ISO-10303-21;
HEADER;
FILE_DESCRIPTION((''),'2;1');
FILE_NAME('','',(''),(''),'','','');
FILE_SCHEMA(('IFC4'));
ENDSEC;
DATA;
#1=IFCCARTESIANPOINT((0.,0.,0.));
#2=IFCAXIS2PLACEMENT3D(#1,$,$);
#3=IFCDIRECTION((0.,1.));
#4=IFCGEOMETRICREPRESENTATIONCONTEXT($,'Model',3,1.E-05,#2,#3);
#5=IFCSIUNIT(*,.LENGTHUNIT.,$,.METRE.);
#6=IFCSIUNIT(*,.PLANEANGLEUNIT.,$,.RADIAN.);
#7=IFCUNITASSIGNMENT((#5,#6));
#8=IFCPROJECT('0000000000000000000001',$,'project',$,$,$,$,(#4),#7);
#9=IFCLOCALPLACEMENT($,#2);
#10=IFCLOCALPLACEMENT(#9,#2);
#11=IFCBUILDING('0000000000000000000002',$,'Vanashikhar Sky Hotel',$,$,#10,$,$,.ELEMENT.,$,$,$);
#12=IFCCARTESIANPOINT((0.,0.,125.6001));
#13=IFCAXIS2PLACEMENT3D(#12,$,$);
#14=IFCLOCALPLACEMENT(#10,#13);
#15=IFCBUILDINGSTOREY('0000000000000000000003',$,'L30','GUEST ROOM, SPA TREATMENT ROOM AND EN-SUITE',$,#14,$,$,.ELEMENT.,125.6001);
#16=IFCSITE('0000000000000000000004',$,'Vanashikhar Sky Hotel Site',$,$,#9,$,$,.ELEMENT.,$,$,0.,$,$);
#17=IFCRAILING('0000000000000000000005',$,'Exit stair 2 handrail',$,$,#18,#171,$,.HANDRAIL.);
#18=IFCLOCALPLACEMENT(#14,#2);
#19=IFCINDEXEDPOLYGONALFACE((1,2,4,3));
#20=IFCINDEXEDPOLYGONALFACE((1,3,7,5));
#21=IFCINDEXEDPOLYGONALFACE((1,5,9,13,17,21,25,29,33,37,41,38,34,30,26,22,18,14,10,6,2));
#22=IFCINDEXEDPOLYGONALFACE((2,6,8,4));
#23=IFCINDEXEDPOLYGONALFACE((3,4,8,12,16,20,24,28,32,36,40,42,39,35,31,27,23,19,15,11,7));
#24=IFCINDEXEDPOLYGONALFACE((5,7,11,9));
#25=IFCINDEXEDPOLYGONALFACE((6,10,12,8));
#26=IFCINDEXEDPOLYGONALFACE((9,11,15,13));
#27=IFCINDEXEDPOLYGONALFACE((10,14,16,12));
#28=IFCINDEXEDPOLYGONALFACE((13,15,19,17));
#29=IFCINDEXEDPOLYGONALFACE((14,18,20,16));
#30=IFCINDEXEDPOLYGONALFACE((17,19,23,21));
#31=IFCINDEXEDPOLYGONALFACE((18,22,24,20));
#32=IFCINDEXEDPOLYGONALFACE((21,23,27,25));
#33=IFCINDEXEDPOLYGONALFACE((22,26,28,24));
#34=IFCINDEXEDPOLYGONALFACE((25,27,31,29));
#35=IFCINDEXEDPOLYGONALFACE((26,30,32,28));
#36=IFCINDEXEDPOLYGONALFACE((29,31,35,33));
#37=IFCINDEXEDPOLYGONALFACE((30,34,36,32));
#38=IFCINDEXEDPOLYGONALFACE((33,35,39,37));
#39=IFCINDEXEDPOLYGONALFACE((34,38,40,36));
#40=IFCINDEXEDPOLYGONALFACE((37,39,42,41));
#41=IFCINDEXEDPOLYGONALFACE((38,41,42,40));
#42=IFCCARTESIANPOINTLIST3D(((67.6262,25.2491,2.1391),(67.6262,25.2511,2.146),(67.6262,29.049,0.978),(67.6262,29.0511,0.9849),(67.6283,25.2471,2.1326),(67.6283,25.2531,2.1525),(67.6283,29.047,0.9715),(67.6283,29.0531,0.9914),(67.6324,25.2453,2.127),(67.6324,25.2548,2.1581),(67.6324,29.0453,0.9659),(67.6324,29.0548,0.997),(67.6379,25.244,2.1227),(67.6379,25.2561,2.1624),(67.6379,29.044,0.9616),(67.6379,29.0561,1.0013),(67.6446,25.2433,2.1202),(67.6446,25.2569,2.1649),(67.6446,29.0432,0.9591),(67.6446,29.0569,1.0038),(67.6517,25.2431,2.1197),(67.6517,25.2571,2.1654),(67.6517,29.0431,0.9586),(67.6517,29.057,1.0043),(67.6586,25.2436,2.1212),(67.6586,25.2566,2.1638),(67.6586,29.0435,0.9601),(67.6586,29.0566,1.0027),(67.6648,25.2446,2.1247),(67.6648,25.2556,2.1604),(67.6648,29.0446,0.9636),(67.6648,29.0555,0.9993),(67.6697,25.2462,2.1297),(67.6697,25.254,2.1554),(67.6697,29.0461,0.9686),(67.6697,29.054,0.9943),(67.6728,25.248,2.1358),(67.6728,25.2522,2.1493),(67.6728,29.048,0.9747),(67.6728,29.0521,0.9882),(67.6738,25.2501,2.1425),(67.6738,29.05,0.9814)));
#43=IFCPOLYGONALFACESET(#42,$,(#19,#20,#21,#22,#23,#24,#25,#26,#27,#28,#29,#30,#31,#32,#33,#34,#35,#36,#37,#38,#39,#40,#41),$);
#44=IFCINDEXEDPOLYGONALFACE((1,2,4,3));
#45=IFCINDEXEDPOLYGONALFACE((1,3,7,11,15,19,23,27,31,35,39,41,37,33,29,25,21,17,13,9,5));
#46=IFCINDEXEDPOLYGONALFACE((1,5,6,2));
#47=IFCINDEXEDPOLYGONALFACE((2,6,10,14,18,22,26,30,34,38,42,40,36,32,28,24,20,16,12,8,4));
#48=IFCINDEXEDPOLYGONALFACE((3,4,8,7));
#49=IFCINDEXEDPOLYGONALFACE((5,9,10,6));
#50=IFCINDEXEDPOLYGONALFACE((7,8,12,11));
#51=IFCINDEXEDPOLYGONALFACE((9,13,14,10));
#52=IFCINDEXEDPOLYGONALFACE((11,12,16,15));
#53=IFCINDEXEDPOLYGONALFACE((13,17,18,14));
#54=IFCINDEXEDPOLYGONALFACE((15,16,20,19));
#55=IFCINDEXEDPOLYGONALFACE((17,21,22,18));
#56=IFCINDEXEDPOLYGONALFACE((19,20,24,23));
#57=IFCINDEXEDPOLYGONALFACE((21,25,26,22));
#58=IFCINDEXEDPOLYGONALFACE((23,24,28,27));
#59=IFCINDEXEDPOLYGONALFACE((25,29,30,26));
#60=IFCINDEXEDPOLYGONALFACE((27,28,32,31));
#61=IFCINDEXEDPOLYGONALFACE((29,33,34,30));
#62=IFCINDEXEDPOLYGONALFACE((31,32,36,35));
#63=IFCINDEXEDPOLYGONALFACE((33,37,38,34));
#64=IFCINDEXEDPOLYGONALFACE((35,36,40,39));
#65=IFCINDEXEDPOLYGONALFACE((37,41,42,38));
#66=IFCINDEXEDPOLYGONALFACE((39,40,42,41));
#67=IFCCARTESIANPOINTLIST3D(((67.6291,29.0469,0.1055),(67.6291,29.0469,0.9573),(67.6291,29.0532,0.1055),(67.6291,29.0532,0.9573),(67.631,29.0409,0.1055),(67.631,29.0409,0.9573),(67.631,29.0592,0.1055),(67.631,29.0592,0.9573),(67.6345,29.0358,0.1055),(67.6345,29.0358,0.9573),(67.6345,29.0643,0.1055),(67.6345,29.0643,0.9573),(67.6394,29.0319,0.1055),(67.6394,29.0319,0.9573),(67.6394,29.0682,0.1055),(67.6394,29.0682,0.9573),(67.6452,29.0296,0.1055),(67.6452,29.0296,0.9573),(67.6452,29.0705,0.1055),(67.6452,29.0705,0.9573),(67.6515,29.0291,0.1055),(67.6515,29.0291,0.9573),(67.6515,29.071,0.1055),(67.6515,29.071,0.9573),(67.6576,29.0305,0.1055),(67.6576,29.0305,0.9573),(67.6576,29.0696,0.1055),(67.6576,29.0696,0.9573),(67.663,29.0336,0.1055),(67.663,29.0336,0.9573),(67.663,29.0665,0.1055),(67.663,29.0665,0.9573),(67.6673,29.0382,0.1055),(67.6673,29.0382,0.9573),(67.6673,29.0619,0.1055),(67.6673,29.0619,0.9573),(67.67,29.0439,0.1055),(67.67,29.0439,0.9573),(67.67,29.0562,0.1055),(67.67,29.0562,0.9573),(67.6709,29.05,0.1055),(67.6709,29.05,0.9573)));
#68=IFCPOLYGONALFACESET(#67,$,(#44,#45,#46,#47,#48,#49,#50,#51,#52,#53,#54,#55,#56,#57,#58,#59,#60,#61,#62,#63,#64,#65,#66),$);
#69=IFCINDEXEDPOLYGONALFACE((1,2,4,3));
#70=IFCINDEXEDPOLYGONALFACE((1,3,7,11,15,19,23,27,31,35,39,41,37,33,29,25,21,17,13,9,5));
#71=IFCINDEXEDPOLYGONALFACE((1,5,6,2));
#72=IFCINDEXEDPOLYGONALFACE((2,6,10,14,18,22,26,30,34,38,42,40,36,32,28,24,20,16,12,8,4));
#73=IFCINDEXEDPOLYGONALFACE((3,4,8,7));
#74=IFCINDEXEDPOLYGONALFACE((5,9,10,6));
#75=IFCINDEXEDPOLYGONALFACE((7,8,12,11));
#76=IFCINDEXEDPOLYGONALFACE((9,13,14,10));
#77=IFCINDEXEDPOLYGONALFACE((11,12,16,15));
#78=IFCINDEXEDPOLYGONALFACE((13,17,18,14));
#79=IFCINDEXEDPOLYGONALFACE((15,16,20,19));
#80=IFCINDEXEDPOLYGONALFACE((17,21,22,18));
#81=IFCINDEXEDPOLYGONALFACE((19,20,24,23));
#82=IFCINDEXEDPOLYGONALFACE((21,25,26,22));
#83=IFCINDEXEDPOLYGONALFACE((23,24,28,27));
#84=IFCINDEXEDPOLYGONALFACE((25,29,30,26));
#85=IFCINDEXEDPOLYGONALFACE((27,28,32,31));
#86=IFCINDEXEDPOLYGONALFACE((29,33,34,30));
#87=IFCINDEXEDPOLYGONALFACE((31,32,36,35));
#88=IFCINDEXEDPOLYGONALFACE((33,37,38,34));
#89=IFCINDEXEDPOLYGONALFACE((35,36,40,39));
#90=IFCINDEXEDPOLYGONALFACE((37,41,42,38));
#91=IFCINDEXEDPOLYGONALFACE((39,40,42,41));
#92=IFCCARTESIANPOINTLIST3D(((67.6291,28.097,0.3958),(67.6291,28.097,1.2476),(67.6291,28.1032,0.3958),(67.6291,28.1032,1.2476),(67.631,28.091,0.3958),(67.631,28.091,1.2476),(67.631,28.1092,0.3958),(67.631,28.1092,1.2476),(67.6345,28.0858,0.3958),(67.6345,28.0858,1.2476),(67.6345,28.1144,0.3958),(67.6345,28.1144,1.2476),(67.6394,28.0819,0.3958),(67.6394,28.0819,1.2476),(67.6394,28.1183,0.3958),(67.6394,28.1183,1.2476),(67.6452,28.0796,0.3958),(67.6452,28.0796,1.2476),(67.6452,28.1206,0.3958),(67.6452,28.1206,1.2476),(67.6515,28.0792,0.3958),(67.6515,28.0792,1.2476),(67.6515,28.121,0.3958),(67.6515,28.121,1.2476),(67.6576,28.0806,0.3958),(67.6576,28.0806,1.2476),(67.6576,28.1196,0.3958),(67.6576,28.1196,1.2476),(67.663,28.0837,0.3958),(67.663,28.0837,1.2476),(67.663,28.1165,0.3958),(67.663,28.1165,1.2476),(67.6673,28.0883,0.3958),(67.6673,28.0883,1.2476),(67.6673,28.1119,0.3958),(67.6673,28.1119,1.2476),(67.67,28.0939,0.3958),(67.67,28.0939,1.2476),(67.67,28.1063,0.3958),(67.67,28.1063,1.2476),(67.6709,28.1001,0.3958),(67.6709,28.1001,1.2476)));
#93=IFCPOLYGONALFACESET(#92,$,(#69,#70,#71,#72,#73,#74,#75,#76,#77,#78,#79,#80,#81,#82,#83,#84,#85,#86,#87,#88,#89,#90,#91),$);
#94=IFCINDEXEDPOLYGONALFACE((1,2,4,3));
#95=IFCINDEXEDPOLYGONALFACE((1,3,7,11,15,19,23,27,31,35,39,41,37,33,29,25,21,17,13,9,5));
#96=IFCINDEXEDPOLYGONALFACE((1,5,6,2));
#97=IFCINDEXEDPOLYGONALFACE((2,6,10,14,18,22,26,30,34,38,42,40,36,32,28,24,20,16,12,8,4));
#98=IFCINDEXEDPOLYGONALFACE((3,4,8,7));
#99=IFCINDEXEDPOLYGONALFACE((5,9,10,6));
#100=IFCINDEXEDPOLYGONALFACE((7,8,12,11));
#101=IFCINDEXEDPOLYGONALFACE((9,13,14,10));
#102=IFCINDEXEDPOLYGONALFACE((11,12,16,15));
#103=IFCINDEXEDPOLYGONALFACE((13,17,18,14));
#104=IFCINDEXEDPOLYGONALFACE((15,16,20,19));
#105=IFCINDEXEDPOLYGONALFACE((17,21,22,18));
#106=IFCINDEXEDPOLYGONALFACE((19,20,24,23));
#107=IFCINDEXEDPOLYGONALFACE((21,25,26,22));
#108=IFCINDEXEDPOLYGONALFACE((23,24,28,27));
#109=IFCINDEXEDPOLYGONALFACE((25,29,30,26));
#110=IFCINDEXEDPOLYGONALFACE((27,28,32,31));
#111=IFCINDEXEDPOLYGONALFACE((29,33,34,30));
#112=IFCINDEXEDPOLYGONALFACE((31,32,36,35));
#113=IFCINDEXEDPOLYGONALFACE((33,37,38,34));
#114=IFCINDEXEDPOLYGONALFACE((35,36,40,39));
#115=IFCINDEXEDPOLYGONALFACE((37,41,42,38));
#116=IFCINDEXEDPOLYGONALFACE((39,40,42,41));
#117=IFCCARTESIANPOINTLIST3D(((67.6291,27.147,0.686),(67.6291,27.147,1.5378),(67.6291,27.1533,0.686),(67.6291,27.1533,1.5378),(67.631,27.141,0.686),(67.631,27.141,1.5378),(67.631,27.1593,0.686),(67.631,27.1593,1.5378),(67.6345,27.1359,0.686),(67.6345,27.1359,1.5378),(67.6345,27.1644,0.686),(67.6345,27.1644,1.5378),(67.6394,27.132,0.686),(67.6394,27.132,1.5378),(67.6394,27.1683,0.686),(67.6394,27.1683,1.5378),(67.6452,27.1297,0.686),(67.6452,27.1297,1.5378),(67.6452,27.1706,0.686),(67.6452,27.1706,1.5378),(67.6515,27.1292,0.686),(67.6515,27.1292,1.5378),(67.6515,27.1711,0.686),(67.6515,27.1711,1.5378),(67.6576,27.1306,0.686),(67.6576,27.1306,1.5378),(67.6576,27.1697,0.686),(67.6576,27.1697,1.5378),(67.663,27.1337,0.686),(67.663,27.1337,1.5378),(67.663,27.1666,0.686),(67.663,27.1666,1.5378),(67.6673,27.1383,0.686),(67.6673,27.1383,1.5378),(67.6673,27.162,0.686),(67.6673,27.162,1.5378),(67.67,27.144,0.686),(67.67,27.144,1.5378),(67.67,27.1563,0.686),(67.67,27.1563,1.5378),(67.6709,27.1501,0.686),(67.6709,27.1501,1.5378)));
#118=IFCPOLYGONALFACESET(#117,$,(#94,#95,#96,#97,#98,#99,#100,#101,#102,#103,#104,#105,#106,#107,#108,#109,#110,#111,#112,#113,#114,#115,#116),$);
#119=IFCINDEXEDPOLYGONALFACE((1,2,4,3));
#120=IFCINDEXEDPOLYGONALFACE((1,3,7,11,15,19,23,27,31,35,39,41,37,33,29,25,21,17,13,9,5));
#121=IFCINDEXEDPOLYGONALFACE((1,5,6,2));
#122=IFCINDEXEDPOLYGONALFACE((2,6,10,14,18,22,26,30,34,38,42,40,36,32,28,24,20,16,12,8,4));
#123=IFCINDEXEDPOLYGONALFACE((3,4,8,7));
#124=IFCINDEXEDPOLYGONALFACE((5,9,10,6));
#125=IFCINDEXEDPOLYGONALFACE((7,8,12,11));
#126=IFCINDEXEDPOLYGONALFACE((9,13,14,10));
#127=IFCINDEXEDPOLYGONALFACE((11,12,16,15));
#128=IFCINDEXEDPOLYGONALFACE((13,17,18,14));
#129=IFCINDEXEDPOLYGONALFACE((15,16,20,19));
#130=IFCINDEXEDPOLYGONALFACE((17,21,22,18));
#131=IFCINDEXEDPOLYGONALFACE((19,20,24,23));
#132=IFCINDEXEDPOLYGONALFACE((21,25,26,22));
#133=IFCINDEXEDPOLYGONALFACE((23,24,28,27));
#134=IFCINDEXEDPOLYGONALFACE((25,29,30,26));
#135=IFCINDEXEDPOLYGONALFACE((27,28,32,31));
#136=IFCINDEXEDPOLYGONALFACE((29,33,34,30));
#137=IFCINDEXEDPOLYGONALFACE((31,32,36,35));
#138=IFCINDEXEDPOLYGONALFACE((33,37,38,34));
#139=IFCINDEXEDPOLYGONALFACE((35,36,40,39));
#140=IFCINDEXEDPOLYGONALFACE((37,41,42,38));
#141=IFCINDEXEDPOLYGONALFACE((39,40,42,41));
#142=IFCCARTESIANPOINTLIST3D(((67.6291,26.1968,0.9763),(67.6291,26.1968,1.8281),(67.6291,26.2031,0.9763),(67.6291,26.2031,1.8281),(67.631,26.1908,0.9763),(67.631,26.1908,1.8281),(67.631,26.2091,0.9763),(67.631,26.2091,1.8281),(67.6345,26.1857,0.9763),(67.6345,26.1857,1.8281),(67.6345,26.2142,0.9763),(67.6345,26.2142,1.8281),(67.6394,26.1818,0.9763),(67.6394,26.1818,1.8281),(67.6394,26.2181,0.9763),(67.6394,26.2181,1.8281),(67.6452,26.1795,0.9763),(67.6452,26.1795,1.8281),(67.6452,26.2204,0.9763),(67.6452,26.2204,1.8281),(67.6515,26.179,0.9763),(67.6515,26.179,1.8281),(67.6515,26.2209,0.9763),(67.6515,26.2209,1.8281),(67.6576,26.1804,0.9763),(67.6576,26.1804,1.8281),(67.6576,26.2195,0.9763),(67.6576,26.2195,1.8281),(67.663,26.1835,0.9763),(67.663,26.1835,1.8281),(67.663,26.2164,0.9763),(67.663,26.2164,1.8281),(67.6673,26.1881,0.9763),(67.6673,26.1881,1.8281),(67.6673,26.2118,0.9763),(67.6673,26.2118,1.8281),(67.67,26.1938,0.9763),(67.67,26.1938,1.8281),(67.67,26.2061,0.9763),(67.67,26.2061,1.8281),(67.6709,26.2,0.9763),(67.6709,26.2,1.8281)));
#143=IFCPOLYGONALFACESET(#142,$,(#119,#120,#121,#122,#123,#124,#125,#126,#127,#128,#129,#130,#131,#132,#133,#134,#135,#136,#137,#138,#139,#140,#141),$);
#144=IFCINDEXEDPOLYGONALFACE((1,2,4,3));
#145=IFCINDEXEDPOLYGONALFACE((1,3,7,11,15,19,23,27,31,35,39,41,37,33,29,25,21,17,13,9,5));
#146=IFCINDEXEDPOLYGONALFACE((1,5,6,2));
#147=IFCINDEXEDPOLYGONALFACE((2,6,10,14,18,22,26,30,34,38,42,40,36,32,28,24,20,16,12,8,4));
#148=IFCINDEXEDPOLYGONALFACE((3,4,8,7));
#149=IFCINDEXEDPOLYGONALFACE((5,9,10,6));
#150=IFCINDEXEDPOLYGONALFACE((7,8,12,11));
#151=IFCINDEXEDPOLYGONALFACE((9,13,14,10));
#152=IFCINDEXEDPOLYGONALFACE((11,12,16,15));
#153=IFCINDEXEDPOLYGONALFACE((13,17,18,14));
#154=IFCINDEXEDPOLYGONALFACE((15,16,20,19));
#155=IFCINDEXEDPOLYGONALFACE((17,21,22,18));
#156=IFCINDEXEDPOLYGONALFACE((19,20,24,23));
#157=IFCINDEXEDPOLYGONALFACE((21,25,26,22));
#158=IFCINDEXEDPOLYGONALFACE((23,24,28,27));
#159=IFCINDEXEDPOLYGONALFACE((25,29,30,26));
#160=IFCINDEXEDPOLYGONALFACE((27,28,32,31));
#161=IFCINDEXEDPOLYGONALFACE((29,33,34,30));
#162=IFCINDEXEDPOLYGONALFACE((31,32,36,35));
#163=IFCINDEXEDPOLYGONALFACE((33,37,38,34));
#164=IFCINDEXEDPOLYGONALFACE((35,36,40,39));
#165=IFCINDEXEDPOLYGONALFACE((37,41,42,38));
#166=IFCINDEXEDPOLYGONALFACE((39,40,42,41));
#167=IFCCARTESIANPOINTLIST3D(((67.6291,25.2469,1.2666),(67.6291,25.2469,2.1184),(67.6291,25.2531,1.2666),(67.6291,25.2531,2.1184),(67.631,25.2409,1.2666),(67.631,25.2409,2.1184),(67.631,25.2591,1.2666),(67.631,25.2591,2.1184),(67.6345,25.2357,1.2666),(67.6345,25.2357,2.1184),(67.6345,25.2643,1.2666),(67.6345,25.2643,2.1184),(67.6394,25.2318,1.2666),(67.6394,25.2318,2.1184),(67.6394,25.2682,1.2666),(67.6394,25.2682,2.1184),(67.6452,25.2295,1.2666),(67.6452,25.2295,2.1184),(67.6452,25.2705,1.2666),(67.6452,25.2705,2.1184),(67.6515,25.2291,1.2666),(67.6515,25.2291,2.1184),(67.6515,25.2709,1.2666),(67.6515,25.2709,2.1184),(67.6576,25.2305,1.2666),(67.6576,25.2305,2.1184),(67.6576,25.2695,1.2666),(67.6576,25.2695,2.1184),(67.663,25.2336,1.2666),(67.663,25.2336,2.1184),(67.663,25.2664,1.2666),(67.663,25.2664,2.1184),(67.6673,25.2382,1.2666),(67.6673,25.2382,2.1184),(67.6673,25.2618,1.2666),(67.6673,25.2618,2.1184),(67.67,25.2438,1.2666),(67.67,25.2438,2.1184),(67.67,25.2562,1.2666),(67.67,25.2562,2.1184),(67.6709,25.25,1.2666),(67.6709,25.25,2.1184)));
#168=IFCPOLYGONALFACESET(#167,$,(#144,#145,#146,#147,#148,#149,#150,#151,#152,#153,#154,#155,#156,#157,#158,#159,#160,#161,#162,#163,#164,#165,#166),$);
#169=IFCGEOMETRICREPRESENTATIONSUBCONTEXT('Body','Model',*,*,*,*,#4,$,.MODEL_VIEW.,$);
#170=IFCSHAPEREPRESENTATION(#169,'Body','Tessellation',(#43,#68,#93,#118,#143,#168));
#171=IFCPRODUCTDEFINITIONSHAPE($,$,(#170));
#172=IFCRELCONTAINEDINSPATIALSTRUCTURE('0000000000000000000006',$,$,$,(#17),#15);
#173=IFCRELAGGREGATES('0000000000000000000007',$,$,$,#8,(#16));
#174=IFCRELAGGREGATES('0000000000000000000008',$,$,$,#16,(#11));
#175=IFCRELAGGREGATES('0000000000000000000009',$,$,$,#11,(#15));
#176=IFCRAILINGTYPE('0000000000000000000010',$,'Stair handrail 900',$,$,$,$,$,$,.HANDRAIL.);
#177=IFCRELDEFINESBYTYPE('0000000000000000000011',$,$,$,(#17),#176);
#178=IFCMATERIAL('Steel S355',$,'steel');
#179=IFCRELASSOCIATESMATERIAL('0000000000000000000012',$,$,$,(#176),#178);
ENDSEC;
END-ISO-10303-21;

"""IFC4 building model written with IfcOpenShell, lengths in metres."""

from ifc_helpers import new_model, si_unit, direction, frame, origin, origin_2d, place, context, subcontext, project, spatial, circle, extrude, source, transform, mapped, material, type_object, element, save


model = new_model("IFC4")

# Units and contexts
model_context = context("Model", 3, precision=1e-05, world=origin(), true_north=direction((0.0, 1.0)))
body_context = subcontext(model_context, "Body", "Model", "MODEL_VIEW")
ifc_project = project(units=[si_unit("LENGTHUNIT", "METRE"), si_unit("PLANEANGLEUNIT", "RADIAN")], contexts=[model_context])

# Site, building, storey
site_placement = place(None, origin())
site = spatial("IfcSite", under=ifc_project, at=site_placement, Name="Vanashikhar Sky Hotel Site", CompositionType="ELEMENT", RefElevation=0.0)
building_placement = place(site_placement, origin())
building = spatial("IfcBuilding", under=site, at=building_placement, Name="Vanashikhar Sky Hotel", CompositionType="ELEMENT")
storey_placement = place(building_placement, frame((0.0, 0.0, 125.6001)))
storey = spatial("IfcBuildingStorey", under=building, at=storey_placement, Name="L30", Description="GUEST ROOM, SPA TREATMENT ROOM AND EN-SUITE", CompositionType="ELEMENT", Elevation=125.6001)

# Railing
ifc_material_1 = material(Name="Steel S355", Category="steel")
railing_type = type_object("IfcRailingType", Name="Stair handrail 900", PredefinedType="HANDRAIL", material=ifc_material_1)
shared_shape_1 = source(origin(), body_context, "Body", "SweptSolid", [
    extrude(circle(Radius=0.0239, at=origin_2d()), frame((0.0, 0.0, 0.876), z_axis=(0.0, -0.956351, 0.29222), x_axis=(1.0, 0.0, 0.0)), (0.0, 0.0, 1.0), 3.9734),
    extrude(circle(Radius=0.021, at=origin_2d()), origin(), (0.0, 0.0, 1.0), 0.8518),
    extrude(circle(Radius=0.021, at=origin_2d()), frame((0.0, -0.95, 0.2903)), (0.0, 0.0, 1.0), 0.8518),
    extrude(circle(Radius=0.021, at=origin_2d()), frame((0.0, -1.8999, 0.5806)), (0.0, 0.0, 1.0), 0.8518),
    extrude(circle(Radius=0.021, at=origin_2d()), frame((0.0, -2.8501, 0.8708)), (0.0, 0.0, 1.0), 0.8518),
    extrude(circle(Radius=0.021, at=origin_2d()), frame((0.0, -3.8, 1.1611)), (0.0, 0.0, 1.0), 0.8518),
])
for number, where, name in (
    (1, (67.6499, 29.05, 0.1055), "Exit stair 2 handrail"),
):
    element("IfcRailing", number, at=place(storey_placement, frame(where)), inside=storey, type_object=railing_type, Name=name, PredefinedType="HANDRAIL", context=body_context, shape_type="MappedRepresentation", body=[
        mapped(shared_shape_1, transform((0.0, 0.0, 0.0), scale=1.0)),
    ])

save(model, "model.ifc")
